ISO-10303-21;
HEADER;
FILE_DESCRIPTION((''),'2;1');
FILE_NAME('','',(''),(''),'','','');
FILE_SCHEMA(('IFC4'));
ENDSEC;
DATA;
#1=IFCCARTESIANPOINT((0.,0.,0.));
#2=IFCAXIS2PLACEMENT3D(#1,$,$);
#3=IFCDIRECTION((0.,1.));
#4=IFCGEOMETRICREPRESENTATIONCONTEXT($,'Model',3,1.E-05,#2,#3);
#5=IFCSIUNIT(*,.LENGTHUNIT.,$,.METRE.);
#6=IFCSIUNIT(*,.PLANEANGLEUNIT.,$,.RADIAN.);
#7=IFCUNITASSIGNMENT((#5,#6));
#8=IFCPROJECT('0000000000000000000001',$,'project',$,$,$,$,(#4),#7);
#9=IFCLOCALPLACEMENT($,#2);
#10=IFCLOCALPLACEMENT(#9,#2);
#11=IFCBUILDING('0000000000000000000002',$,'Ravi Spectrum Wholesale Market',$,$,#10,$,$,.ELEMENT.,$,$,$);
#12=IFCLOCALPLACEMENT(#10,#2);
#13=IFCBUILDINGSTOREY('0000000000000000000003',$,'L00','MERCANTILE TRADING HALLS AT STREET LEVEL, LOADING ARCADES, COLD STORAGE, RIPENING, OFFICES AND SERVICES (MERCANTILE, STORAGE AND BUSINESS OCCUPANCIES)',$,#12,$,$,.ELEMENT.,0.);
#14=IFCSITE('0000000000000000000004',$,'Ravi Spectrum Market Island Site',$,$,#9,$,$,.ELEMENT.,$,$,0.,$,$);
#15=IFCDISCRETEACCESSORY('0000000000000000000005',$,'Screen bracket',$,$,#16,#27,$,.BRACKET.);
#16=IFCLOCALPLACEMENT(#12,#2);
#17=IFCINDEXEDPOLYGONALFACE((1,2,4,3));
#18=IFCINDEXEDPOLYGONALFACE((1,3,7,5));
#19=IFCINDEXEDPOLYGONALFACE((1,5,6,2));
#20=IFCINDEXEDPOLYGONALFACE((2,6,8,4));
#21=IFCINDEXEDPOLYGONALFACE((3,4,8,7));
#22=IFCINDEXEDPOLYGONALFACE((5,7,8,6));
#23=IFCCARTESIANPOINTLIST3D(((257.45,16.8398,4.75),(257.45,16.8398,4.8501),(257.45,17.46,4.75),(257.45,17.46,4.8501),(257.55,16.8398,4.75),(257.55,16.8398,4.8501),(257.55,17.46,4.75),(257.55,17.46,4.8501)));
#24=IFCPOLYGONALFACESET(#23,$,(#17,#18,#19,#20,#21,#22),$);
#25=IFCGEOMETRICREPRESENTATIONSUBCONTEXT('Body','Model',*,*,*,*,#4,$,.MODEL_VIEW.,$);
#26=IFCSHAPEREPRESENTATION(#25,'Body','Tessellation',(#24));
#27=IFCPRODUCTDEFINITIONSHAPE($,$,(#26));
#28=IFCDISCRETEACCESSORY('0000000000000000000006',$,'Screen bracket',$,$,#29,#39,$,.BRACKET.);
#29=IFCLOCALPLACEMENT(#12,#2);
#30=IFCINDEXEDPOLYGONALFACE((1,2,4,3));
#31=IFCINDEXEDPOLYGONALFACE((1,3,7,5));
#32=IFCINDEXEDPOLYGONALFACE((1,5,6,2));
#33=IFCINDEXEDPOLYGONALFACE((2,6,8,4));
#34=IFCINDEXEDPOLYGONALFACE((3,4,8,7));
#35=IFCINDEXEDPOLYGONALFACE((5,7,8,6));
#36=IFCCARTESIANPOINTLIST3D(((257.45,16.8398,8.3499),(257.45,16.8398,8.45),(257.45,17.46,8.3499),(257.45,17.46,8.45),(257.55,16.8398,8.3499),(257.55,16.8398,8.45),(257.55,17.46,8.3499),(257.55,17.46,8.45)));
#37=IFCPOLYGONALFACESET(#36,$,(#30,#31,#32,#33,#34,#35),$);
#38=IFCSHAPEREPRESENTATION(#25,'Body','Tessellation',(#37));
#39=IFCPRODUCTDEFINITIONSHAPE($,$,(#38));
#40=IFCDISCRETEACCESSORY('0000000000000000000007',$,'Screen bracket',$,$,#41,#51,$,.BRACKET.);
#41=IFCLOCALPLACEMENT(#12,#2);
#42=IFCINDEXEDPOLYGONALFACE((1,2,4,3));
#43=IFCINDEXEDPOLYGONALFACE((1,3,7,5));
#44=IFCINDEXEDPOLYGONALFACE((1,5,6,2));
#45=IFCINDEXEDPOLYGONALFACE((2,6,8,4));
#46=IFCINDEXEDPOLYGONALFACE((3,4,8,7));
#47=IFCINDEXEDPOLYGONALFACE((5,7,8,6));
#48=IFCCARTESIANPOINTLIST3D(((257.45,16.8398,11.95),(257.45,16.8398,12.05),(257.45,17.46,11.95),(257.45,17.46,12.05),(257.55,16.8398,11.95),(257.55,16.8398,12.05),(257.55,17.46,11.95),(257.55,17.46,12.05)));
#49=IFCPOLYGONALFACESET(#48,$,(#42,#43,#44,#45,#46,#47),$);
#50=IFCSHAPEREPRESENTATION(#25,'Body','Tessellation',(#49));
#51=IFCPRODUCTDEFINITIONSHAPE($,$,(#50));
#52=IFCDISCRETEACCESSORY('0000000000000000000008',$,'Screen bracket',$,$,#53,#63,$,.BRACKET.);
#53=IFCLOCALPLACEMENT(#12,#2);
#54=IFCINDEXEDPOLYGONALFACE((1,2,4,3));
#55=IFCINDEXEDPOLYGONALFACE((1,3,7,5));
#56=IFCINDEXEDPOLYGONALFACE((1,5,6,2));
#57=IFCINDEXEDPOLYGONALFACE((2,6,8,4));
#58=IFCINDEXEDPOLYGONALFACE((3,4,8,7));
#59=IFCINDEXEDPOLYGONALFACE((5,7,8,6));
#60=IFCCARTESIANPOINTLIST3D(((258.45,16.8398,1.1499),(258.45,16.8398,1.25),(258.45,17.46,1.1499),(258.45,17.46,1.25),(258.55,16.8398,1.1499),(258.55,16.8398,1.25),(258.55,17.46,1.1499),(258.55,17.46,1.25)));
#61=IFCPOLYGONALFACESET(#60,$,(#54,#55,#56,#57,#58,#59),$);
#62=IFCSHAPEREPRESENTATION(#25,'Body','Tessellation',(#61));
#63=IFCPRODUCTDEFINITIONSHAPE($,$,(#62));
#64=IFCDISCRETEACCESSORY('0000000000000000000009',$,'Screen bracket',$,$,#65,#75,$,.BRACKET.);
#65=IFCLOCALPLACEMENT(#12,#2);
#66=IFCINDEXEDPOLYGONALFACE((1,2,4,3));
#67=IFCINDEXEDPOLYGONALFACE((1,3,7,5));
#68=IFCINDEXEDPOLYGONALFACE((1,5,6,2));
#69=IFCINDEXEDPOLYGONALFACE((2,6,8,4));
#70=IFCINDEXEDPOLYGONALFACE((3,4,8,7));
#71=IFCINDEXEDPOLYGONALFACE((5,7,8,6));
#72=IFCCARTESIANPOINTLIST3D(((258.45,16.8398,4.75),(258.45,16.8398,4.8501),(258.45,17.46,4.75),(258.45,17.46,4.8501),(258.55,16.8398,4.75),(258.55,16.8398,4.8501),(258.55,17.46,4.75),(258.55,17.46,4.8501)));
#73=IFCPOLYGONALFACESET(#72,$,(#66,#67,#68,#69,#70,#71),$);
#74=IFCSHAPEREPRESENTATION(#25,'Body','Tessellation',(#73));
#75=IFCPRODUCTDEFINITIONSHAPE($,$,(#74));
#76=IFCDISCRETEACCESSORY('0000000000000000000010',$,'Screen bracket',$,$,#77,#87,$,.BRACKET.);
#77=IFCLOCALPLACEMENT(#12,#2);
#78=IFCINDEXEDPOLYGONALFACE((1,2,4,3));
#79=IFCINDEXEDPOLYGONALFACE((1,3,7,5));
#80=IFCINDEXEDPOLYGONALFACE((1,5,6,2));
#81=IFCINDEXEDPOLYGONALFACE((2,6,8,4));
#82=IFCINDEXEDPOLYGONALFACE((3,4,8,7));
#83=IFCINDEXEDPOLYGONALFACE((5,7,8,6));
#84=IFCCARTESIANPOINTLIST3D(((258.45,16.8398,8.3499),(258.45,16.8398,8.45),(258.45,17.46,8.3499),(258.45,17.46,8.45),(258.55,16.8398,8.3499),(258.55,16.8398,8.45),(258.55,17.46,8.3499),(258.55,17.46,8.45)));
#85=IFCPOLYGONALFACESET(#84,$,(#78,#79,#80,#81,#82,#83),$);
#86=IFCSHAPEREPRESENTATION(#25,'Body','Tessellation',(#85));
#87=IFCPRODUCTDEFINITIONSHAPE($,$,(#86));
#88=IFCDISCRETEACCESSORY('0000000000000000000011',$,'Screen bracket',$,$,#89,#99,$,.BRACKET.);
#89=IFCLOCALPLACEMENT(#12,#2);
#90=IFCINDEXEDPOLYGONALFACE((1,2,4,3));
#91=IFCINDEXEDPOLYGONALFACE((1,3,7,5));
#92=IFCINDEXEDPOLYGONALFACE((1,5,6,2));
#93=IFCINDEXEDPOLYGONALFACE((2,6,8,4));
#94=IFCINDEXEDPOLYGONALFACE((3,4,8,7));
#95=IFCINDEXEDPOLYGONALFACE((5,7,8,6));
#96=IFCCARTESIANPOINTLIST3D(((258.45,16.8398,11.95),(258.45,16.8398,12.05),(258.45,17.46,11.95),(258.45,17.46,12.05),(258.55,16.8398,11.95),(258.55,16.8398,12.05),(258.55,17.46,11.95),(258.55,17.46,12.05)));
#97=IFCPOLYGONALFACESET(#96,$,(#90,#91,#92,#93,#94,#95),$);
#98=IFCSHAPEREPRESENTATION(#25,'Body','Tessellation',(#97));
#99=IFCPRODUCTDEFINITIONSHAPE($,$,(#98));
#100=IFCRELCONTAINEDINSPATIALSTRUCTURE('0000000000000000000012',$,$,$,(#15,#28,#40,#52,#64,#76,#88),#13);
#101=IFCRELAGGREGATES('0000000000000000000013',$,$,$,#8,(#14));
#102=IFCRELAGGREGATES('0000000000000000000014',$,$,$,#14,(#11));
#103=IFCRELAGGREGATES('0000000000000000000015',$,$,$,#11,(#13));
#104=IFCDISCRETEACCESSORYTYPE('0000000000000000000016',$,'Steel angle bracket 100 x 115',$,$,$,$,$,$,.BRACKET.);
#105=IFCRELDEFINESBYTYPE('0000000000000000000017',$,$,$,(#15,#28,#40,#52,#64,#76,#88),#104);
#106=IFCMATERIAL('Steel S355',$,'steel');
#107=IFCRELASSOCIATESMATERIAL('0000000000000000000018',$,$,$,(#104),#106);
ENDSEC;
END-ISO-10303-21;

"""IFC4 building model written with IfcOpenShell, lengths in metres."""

from ifc_helpers import new_model, si_unit, direction, frame, origin, origin_2d, place, context, subcontext, project, spatial, rectangle, extrude, material, type_object, element, save


model = new_model("IFC4")

# Units and contexts
model_context = context("Model", 3, precision=1e-05, world=origin(), true_north=direction((0.0, 1.0)))
body_context = subcontext(model_context, "Body", "Model", "MODEL_VIEW")
ifc_project = project(units=[si_unit("LENGTHUNIT", "METRE"), si_unit("PLANEANGLEUNIT", "RADIAN")], contexts=[model_context])

# Site, building, storey
site_placement = place(None, origin())
site = spatial("IfcSite", under=ifc_project, at=site_placement, Name="Ravi Spectrum Market Island Site", CompositionType="ELEMENT", RefElevation=0.0)
building_placement = place(site_placement, origin())
building = spatial("IfcBuilding", under=site, at=building_placement, Name="Ravi Spectrum Wholesale Market", CompositionType="ELEMENT")
storey_placement = place(building_placement, origin())
storey = spatial("IfcBuildingStorey", under=building, at=storey_placement, Name="L00", Description="MERCANTILE TRADING HALLS AT STREET LEVEL, LOADING ARCADES, COLD STORAGE, RIPENING, OFFICES AND SERVICES (MERCANTILE, STORAGE AND BUSINESS OCCUPANCIES)", CompositionType="ELEMENT", Elevation=0.0)

# Discrete accessories
ifc_material_1 = material(Name="Steel S355", Category="steel")
discrete_accessory_type_1 = type_object("IfcDiscreteAccessoryType", Name="Steel angle bracket 100 x 115", PredefinedType="BRACKET", material=ifc_material_1)
for number, where, z_axis, x_axis, name in (
    (1, (257.5, 17.1499, 4.75), (0.0, 0.0, 1.0), (1.0, 0.0, 0.0), "Screen bracket"),
    (2, (257.5, 17.1499, 8.3499), (0.0, 0.0, 1.0), (1.0, 0.0, 0.0), "Screen bracket"),
    (3, (257.5, 17.1499, 11.95), (0.0, 0.0, 1.0), (1.0, 0.0, 0.0), "Screen bracket"),
    (4, (258.5, 17.1499, 1.1499), (0.0, 0.0, 1.0), (1.0, 0.0, 0.0), "Screen bracket"),
    (5, (258.5, 17.1499, 4.75), (0.0, 0.0, 1.0), (1.0, 0.0, 0.0), "Screen bracket"),
    (6, (258.5, 17.1499, 8.3499), (0.0, 0.0, 1.0), (1.0, 0.0, 0.0), "Screen bracket"),
    (7, (258.5, 17.1499, 11.95), (0.0, 0.0, 1.0), (1.0, 0.0, 0.0), "Screen bracket"),
):
    element("IfcDiscreteAccessory", number, at=place(storey_placement, frame(where, z_axis=z_axis, x_axis=x_axis)), inside=storey, type_object=discrete_accessory_type_1, Name=name, PredefinedType="BRACKET", context=body_context, shape_type="SweptSolid", body=[
        extrude(rectangle(XDim=0.1001, YDim=0.6201, at=origin_2d()), origin(), (0.0, 0.0, 1.0), 0.1001),
    ])

save(model, "model.ifc")
